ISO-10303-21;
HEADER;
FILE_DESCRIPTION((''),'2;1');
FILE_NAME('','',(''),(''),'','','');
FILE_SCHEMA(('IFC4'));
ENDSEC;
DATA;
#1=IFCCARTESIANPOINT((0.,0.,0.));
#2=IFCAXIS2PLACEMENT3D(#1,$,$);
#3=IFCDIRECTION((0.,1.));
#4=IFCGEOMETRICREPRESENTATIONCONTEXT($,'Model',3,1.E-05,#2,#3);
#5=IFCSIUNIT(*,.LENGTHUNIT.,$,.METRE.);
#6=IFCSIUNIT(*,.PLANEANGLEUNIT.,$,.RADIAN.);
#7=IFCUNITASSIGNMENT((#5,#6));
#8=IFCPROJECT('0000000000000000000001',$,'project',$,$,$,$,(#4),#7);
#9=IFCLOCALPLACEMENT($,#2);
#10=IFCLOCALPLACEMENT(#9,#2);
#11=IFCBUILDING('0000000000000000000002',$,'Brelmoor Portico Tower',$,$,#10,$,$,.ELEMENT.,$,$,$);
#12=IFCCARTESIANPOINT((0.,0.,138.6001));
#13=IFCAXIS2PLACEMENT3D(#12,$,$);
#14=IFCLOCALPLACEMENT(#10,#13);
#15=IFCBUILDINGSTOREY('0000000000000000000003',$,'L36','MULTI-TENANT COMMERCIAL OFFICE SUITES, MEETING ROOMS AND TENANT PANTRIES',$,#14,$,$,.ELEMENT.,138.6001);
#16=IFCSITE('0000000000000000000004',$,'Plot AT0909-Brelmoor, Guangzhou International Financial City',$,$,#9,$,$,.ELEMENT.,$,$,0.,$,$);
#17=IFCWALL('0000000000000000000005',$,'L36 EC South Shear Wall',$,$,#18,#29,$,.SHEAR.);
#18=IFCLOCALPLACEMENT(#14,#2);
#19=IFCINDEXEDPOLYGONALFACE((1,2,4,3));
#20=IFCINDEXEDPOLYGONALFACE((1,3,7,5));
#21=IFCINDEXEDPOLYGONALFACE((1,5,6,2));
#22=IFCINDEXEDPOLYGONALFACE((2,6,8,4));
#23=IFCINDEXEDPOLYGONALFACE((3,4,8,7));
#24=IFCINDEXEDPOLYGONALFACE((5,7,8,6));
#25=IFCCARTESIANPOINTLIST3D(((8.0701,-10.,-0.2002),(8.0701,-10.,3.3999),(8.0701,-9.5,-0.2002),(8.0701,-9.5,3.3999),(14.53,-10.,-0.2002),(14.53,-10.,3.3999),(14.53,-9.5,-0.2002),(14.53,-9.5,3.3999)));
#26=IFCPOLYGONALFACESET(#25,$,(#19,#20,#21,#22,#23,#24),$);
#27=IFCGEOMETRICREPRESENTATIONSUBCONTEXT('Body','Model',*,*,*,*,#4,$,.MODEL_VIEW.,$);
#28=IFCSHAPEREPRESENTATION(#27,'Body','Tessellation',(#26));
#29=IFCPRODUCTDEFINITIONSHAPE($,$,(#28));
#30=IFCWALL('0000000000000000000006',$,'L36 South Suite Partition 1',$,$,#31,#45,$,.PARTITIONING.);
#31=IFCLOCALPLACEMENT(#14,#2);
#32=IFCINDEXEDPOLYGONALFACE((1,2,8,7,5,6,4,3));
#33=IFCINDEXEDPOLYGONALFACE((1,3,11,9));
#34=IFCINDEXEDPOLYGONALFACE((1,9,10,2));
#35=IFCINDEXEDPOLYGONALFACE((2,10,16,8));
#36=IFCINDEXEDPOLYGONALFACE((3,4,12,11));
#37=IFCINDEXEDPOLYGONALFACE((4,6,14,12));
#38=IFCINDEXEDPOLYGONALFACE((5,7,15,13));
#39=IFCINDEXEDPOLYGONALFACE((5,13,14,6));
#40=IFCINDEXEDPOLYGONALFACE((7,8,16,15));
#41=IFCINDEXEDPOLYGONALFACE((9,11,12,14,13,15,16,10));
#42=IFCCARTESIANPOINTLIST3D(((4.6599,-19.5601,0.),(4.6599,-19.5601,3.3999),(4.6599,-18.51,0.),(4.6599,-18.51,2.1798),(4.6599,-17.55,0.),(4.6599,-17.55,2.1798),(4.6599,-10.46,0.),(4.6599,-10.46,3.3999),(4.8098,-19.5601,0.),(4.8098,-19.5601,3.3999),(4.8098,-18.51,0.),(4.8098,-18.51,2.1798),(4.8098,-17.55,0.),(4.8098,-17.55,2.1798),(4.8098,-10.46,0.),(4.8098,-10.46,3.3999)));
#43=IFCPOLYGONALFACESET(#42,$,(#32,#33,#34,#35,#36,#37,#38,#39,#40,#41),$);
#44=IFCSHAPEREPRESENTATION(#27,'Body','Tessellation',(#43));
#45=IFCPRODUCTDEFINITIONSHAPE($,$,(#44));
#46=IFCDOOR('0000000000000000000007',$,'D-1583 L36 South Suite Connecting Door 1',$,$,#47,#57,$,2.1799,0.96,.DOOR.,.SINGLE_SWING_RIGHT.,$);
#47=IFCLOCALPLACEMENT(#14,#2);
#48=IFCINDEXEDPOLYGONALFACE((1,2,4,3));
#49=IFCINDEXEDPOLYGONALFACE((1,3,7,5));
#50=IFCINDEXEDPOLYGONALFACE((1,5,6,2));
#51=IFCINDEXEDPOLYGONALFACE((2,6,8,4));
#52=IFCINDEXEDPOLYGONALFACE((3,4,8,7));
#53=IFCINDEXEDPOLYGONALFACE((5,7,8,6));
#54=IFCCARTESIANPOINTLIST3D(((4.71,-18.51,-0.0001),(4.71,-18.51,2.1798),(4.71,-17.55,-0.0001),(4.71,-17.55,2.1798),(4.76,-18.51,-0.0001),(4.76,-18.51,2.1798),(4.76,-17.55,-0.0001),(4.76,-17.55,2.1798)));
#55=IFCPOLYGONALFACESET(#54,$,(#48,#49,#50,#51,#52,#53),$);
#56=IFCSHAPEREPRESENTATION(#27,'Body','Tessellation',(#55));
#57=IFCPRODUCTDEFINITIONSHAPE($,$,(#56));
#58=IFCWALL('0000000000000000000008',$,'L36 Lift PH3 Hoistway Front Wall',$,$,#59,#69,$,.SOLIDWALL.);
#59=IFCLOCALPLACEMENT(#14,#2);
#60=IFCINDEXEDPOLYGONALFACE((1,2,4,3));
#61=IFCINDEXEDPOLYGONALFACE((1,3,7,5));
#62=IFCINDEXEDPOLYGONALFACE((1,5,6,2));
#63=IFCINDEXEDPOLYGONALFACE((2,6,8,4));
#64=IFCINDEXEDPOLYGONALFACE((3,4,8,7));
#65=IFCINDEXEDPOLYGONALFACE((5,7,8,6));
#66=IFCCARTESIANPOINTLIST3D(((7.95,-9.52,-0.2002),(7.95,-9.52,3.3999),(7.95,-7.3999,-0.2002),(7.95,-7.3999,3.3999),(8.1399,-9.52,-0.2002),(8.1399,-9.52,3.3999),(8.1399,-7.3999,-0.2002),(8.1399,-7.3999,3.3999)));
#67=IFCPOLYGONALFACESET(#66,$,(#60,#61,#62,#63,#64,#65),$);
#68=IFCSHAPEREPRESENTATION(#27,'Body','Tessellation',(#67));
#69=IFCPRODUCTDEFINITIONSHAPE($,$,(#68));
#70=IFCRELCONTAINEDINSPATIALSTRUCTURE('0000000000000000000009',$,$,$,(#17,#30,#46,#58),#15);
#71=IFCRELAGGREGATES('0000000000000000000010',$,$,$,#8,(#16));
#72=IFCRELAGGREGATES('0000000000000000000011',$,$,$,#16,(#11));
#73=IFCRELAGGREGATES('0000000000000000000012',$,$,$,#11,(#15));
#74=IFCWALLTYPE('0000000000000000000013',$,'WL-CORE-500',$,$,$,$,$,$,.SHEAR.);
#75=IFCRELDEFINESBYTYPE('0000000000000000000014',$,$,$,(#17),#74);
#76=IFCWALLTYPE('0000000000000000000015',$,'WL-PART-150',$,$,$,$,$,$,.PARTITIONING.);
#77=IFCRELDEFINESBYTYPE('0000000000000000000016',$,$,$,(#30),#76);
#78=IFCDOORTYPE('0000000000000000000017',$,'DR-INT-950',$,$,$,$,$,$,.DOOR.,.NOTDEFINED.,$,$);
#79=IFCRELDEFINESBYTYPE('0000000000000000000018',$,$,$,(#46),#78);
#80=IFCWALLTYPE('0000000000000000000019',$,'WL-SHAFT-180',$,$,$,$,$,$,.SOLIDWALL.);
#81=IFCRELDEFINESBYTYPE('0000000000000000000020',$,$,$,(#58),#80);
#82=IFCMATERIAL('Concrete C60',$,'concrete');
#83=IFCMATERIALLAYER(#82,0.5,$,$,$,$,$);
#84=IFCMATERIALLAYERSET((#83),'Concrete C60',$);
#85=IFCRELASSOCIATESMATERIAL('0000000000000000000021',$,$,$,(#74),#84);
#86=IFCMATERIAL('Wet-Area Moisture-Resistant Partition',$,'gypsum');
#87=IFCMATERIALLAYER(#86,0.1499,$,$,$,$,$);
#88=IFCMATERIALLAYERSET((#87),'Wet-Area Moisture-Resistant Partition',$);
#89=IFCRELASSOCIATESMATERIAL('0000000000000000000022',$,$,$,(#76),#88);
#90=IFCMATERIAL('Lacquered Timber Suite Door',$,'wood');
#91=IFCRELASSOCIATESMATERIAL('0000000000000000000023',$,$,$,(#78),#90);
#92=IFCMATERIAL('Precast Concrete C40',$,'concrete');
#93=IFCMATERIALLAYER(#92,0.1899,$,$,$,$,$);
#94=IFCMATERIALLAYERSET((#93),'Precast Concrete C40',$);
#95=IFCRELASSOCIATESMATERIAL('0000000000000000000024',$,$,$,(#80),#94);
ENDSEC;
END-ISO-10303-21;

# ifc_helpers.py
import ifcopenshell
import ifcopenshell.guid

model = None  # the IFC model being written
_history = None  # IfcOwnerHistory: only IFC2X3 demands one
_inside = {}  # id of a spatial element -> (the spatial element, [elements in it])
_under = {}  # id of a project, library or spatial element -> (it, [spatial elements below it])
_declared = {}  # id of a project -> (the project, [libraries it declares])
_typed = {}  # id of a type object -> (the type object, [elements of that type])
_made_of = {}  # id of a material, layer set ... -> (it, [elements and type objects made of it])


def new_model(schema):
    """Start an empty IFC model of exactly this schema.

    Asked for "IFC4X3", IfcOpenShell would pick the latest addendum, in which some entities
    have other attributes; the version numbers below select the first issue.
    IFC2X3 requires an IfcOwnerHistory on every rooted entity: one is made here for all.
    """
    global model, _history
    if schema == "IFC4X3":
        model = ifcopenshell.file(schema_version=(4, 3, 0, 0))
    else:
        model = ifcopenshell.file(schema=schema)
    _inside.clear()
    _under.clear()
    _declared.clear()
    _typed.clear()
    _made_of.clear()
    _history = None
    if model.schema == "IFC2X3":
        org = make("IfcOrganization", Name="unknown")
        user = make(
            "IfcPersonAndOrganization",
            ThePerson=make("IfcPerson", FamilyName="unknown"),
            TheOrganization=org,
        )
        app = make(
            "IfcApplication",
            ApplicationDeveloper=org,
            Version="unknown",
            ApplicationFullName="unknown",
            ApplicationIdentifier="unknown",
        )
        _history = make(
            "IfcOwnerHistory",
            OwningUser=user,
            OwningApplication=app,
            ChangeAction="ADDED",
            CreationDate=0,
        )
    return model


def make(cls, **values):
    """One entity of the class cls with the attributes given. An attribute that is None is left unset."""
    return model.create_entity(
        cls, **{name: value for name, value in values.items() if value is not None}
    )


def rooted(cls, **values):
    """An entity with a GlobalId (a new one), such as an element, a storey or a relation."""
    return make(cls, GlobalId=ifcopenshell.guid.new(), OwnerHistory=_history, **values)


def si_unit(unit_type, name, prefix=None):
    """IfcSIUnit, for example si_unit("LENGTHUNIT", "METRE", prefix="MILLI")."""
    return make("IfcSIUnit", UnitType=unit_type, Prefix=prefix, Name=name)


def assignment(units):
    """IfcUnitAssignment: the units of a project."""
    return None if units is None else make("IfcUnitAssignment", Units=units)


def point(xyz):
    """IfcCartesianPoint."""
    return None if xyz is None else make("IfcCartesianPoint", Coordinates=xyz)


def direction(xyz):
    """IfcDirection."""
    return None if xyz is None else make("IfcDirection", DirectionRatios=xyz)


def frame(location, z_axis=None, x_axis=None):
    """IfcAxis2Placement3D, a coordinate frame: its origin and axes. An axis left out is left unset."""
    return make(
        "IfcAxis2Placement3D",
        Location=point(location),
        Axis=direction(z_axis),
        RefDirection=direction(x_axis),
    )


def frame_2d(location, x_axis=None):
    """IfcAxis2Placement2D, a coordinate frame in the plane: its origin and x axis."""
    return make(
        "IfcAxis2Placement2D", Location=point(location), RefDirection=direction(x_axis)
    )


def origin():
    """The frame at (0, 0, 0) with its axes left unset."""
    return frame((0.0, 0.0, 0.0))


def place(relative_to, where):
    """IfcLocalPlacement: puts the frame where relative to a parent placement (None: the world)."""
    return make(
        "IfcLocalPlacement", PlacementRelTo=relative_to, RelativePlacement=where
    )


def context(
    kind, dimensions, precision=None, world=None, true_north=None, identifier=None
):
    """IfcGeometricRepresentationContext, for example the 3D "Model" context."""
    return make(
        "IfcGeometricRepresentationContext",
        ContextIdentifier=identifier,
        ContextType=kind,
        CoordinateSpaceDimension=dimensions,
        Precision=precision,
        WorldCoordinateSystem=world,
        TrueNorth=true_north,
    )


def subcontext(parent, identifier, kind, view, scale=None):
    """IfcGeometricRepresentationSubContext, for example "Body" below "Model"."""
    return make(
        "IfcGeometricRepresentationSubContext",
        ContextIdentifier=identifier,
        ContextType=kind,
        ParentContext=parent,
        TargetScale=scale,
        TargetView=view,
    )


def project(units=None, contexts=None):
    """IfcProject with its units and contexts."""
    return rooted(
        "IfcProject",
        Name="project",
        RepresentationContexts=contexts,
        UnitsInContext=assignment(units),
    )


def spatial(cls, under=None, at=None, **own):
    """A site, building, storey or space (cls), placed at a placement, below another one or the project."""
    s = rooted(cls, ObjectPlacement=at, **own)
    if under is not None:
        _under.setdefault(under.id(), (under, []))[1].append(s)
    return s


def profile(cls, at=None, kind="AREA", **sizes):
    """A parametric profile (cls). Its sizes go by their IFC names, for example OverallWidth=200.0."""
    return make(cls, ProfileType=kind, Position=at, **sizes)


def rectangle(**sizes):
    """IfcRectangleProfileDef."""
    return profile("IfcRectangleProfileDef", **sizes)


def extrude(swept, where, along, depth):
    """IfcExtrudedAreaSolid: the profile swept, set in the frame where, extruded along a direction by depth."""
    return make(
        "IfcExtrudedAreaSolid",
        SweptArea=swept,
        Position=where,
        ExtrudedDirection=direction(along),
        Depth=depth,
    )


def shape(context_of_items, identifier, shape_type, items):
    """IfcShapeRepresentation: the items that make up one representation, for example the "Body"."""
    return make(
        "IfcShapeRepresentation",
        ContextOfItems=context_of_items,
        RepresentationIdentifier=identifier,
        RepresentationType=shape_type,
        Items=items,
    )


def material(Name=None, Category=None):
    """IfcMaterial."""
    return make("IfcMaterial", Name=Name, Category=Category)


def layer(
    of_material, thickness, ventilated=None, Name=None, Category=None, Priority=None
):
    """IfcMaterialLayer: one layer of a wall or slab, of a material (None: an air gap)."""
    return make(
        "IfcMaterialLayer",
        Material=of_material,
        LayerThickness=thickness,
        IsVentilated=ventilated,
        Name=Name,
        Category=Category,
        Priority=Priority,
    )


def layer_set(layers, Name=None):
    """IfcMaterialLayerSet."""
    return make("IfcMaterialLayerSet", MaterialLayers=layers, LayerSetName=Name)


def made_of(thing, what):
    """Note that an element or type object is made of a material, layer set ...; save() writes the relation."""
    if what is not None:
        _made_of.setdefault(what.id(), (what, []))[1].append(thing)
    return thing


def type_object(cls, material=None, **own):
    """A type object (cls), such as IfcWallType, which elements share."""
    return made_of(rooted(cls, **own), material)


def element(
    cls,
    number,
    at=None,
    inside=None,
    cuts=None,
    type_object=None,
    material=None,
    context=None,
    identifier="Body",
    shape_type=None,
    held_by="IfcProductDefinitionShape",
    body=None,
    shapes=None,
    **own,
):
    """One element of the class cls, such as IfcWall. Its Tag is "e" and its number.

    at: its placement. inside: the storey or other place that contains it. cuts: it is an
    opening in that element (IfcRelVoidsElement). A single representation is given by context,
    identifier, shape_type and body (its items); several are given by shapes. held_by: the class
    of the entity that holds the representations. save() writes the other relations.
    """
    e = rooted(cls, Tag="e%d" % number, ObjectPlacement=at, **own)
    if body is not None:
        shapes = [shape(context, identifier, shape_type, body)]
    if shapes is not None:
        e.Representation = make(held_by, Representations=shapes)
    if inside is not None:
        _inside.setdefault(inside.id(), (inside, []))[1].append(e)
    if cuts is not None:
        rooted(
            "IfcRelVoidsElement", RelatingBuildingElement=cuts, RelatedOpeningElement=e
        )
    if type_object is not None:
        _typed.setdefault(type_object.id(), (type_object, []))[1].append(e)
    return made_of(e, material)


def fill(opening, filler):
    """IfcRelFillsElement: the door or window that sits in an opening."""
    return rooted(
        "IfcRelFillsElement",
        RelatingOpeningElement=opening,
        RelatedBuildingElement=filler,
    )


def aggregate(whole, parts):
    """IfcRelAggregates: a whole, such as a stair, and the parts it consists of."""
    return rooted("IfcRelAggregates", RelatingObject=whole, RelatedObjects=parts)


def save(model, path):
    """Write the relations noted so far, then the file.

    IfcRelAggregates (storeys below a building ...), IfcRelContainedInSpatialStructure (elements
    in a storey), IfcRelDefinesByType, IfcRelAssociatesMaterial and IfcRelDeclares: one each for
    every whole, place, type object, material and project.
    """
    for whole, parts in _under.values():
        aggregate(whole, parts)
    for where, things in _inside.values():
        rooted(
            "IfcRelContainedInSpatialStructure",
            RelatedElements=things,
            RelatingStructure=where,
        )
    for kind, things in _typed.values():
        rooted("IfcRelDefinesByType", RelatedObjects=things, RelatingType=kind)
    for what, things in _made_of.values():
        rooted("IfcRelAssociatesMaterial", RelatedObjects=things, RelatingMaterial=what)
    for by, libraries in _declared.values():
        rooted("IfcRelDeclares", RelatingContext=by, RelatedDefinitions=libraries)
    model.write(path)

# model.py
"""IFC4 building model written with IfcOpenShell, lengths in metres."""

from ifc_helpers import new_model, si_unit, direction, frame, frame_2d, origin, place, context, subcontext, project, spatial, rectangle, extrude, material, layer, layer_set, type_object, element, fill, save


model = new_model("IFC4")

# Units and contexts
model_context = context("Model", 3, precision=1e-05, world=origin(), true_north=direction((0.0, 1.0)))
body_context = subcontext(model_context, "Body", "Model", "MODEL_VIEW")
ifc_project = project(units=[si_unit("LENGTHUNIT", "METRE"), si_unit("PLANEANGLEUNIT", "RADIAN")], contexts=[model_context])

# Site, building, storey
site_placement = place(None, origin())
site = spatial("IfcSite", under=ifc_project, at=site_placement, Name="Plot AT0909-Brelmoor, Guangzhou International Financial City", CompositionType="ELEMENT", RefElevation=0.0)
building_placement = place(site_placement, origin())
building = spatial("IfcBuilding", under=site, at=building_placement, Name="Brelmoor Portico Tower", CompositionType="ELEMENT")
storey_placement = place(building_placement, frame((0.0, 0.0, 138.6001)))
storey = spatial("IfcBuildingStorey", under=building, at=storey_placement, Name="L36", Description="MULTI-TENANT COMMERCIAL OFFICE SUITES, MEETING ROOMS AND TENANT PANTRIES", CompositionType="ELEMENT", Elevation=138.6001)

# Wall
ifc_material_1 = material(Name="Concrete C60", Category="concrete")
ifc_layer_1 = layer(ifc_material_1, 0.5)
ifc_layer_set_1 = layer_set([ifc_layer_1], Name="Concrete C60")
wall_type_1 = type_object("IfcWallType", Name="WL-CORE-500", PredefinedType="SHEAR", material=ifc_layer_set_1)
wall_1_placement = place(storey_placement, frame((8.0701, -9.75, -0.2002), z_axis=(0.0, 0.0, 1.0), x_axis=(1.0, 0.0, 0.0)))
element("IfcWall", 1, at=wall_1_placement, inside=storey, type_object=wall_type_1, Name="L36 EC South Shear Wall", PredefinedType="SHEAR", context=body_context, shape_type="SweptSolid", body=[
    extrude(rectangle(XDim=6.46, YDim=0.5, at=frame_2d((3.23, 0.0))), origin(), (0.0, 0.0, 1.0), 3.6001),
])

# Wall, opening, door
ifc_material_2 = material(Name="Wet-Area Moisture-Resistant Partition", Category="gypsum")
ifc_layer_2 = layer(ifc_material_2, 0.1499)
ifc_layer_set_2 = layer_set([ifc_layer_2], Name="Wet-Area Moisture-Resistant Partition")
wall_type_2 = type_object("IfcWallType", Name="WL-PART-150", PredefinedType="PARTITIONING", material=ifc_layer_set_2)
wall_2_placement = place(storey_placement, frame((4.7349, -19.5601, 0.0), z_axis=(0.0, 0.0, 1.0), x_axis=(0.0, 1.0, 0.0)))
wall_2 = element("IfcWall", 2, at=wall_2_placement, inside=storey, type_object=wall_type_2, Name="L36 South Suite Partition 1", PredefinedType="PARTITIONING", context=body_context, shape_type="SweptSolid", body=[
    extrude(rectangle(XDim=9.1001, YDim=0.1499, at=frame_2d((4.55, 0.0))), origin(), (0.0, 0.0, 1.0), 3.3999),
])
opening_placement = place(wall_2_placement, frame((1.05, 0.0, 0.0)))
opening = element("IfcOpeningElement", 3, at=opening_placement, cuts=wall_2, PredefinedType="OPENING", context=body_context, shape_type="SweptSolid", body=[
    extrude(rectangle(XDim=0.96, YDim=2.1799, at=frame_2d((0.48, 1.0898))), frame((0.0, 0.085, 0.0), z_axis=(0.0, -1.0, 0.0), x_axis=(1.0, 0.0, 0.0)), (0.0, 0.0, 1.0), 0.1699),
])
ifc_material_3 = material(Name="Lacquered Timber Suite Door", Category="wood")
door_type = type_object("IfcDoorType", Name="DR-INT-950", OperationType="NOTDEFINED", PredefinedType="DOOR", material=ifc_material_3)
door_placement = place(opening_placement, origin())
door = element("IfcDoor", 4, at=door_placement, inside=storey, type_object=door_type, Name="D-1583 L36 South Suite Connecting Door 1", OperationType="SINGLE_SWING_RIGHT", OverallHeight=2.1799, OverallWidth=0.96, PredefinedType="DOOR", context=body_context, shape_type="SweptSolid", body=[
    extrude(rectangle(XDim=0.96, YDim=2.1799, at=frame_2d((0.48, 1.0898))), frame((0.0, 0.0249, 0.0), z_axis=(0.0, -1.0, 0.0), x_axis=(1.0, 0.0, 0.0)), (0.0, 0.0, 1.0), 0.05),
])
fill(opening, door)

# Wall
ifc_material_4 = material(Name="Precast Concrete C40", Category="concrete")
ifc_layer_3 = layer(ifc_material_4, 0.1899)
ifc_layer_set_3 = layer_set([ifc_layer_3], Name="Precast Concrete C40")
wall_type_3 = type_object("IfcWallType", Name="WL-SHAFT-180", PredefinedType="SOLIDWALL", material=ifc_layer_set_3)
wall_3_placement = place(storey_placement, frame((8.0449, -9.52, -0.2002), z_axis=(0.0, 0.0, 1.0), x_axis=(0.0, 1.0, 0.0)))
element("IfcWall", 5, at=wall_3_placement, inside=storey, type_object=wall_type_3, Name="L36 Lift PH3 Hoistway Front Wall", PredefinedType="SOLIDWALL", context=body_context, shape_type="SweptSolid", body=[
    extrude(rectangle(XDim=2.1201, YDim=0.1899, at=frame_2d((1.0601, 0.0))), origin(), (0.0, 0.0, 1.0), 3.6001),
])

save(model, "model.ifc")
